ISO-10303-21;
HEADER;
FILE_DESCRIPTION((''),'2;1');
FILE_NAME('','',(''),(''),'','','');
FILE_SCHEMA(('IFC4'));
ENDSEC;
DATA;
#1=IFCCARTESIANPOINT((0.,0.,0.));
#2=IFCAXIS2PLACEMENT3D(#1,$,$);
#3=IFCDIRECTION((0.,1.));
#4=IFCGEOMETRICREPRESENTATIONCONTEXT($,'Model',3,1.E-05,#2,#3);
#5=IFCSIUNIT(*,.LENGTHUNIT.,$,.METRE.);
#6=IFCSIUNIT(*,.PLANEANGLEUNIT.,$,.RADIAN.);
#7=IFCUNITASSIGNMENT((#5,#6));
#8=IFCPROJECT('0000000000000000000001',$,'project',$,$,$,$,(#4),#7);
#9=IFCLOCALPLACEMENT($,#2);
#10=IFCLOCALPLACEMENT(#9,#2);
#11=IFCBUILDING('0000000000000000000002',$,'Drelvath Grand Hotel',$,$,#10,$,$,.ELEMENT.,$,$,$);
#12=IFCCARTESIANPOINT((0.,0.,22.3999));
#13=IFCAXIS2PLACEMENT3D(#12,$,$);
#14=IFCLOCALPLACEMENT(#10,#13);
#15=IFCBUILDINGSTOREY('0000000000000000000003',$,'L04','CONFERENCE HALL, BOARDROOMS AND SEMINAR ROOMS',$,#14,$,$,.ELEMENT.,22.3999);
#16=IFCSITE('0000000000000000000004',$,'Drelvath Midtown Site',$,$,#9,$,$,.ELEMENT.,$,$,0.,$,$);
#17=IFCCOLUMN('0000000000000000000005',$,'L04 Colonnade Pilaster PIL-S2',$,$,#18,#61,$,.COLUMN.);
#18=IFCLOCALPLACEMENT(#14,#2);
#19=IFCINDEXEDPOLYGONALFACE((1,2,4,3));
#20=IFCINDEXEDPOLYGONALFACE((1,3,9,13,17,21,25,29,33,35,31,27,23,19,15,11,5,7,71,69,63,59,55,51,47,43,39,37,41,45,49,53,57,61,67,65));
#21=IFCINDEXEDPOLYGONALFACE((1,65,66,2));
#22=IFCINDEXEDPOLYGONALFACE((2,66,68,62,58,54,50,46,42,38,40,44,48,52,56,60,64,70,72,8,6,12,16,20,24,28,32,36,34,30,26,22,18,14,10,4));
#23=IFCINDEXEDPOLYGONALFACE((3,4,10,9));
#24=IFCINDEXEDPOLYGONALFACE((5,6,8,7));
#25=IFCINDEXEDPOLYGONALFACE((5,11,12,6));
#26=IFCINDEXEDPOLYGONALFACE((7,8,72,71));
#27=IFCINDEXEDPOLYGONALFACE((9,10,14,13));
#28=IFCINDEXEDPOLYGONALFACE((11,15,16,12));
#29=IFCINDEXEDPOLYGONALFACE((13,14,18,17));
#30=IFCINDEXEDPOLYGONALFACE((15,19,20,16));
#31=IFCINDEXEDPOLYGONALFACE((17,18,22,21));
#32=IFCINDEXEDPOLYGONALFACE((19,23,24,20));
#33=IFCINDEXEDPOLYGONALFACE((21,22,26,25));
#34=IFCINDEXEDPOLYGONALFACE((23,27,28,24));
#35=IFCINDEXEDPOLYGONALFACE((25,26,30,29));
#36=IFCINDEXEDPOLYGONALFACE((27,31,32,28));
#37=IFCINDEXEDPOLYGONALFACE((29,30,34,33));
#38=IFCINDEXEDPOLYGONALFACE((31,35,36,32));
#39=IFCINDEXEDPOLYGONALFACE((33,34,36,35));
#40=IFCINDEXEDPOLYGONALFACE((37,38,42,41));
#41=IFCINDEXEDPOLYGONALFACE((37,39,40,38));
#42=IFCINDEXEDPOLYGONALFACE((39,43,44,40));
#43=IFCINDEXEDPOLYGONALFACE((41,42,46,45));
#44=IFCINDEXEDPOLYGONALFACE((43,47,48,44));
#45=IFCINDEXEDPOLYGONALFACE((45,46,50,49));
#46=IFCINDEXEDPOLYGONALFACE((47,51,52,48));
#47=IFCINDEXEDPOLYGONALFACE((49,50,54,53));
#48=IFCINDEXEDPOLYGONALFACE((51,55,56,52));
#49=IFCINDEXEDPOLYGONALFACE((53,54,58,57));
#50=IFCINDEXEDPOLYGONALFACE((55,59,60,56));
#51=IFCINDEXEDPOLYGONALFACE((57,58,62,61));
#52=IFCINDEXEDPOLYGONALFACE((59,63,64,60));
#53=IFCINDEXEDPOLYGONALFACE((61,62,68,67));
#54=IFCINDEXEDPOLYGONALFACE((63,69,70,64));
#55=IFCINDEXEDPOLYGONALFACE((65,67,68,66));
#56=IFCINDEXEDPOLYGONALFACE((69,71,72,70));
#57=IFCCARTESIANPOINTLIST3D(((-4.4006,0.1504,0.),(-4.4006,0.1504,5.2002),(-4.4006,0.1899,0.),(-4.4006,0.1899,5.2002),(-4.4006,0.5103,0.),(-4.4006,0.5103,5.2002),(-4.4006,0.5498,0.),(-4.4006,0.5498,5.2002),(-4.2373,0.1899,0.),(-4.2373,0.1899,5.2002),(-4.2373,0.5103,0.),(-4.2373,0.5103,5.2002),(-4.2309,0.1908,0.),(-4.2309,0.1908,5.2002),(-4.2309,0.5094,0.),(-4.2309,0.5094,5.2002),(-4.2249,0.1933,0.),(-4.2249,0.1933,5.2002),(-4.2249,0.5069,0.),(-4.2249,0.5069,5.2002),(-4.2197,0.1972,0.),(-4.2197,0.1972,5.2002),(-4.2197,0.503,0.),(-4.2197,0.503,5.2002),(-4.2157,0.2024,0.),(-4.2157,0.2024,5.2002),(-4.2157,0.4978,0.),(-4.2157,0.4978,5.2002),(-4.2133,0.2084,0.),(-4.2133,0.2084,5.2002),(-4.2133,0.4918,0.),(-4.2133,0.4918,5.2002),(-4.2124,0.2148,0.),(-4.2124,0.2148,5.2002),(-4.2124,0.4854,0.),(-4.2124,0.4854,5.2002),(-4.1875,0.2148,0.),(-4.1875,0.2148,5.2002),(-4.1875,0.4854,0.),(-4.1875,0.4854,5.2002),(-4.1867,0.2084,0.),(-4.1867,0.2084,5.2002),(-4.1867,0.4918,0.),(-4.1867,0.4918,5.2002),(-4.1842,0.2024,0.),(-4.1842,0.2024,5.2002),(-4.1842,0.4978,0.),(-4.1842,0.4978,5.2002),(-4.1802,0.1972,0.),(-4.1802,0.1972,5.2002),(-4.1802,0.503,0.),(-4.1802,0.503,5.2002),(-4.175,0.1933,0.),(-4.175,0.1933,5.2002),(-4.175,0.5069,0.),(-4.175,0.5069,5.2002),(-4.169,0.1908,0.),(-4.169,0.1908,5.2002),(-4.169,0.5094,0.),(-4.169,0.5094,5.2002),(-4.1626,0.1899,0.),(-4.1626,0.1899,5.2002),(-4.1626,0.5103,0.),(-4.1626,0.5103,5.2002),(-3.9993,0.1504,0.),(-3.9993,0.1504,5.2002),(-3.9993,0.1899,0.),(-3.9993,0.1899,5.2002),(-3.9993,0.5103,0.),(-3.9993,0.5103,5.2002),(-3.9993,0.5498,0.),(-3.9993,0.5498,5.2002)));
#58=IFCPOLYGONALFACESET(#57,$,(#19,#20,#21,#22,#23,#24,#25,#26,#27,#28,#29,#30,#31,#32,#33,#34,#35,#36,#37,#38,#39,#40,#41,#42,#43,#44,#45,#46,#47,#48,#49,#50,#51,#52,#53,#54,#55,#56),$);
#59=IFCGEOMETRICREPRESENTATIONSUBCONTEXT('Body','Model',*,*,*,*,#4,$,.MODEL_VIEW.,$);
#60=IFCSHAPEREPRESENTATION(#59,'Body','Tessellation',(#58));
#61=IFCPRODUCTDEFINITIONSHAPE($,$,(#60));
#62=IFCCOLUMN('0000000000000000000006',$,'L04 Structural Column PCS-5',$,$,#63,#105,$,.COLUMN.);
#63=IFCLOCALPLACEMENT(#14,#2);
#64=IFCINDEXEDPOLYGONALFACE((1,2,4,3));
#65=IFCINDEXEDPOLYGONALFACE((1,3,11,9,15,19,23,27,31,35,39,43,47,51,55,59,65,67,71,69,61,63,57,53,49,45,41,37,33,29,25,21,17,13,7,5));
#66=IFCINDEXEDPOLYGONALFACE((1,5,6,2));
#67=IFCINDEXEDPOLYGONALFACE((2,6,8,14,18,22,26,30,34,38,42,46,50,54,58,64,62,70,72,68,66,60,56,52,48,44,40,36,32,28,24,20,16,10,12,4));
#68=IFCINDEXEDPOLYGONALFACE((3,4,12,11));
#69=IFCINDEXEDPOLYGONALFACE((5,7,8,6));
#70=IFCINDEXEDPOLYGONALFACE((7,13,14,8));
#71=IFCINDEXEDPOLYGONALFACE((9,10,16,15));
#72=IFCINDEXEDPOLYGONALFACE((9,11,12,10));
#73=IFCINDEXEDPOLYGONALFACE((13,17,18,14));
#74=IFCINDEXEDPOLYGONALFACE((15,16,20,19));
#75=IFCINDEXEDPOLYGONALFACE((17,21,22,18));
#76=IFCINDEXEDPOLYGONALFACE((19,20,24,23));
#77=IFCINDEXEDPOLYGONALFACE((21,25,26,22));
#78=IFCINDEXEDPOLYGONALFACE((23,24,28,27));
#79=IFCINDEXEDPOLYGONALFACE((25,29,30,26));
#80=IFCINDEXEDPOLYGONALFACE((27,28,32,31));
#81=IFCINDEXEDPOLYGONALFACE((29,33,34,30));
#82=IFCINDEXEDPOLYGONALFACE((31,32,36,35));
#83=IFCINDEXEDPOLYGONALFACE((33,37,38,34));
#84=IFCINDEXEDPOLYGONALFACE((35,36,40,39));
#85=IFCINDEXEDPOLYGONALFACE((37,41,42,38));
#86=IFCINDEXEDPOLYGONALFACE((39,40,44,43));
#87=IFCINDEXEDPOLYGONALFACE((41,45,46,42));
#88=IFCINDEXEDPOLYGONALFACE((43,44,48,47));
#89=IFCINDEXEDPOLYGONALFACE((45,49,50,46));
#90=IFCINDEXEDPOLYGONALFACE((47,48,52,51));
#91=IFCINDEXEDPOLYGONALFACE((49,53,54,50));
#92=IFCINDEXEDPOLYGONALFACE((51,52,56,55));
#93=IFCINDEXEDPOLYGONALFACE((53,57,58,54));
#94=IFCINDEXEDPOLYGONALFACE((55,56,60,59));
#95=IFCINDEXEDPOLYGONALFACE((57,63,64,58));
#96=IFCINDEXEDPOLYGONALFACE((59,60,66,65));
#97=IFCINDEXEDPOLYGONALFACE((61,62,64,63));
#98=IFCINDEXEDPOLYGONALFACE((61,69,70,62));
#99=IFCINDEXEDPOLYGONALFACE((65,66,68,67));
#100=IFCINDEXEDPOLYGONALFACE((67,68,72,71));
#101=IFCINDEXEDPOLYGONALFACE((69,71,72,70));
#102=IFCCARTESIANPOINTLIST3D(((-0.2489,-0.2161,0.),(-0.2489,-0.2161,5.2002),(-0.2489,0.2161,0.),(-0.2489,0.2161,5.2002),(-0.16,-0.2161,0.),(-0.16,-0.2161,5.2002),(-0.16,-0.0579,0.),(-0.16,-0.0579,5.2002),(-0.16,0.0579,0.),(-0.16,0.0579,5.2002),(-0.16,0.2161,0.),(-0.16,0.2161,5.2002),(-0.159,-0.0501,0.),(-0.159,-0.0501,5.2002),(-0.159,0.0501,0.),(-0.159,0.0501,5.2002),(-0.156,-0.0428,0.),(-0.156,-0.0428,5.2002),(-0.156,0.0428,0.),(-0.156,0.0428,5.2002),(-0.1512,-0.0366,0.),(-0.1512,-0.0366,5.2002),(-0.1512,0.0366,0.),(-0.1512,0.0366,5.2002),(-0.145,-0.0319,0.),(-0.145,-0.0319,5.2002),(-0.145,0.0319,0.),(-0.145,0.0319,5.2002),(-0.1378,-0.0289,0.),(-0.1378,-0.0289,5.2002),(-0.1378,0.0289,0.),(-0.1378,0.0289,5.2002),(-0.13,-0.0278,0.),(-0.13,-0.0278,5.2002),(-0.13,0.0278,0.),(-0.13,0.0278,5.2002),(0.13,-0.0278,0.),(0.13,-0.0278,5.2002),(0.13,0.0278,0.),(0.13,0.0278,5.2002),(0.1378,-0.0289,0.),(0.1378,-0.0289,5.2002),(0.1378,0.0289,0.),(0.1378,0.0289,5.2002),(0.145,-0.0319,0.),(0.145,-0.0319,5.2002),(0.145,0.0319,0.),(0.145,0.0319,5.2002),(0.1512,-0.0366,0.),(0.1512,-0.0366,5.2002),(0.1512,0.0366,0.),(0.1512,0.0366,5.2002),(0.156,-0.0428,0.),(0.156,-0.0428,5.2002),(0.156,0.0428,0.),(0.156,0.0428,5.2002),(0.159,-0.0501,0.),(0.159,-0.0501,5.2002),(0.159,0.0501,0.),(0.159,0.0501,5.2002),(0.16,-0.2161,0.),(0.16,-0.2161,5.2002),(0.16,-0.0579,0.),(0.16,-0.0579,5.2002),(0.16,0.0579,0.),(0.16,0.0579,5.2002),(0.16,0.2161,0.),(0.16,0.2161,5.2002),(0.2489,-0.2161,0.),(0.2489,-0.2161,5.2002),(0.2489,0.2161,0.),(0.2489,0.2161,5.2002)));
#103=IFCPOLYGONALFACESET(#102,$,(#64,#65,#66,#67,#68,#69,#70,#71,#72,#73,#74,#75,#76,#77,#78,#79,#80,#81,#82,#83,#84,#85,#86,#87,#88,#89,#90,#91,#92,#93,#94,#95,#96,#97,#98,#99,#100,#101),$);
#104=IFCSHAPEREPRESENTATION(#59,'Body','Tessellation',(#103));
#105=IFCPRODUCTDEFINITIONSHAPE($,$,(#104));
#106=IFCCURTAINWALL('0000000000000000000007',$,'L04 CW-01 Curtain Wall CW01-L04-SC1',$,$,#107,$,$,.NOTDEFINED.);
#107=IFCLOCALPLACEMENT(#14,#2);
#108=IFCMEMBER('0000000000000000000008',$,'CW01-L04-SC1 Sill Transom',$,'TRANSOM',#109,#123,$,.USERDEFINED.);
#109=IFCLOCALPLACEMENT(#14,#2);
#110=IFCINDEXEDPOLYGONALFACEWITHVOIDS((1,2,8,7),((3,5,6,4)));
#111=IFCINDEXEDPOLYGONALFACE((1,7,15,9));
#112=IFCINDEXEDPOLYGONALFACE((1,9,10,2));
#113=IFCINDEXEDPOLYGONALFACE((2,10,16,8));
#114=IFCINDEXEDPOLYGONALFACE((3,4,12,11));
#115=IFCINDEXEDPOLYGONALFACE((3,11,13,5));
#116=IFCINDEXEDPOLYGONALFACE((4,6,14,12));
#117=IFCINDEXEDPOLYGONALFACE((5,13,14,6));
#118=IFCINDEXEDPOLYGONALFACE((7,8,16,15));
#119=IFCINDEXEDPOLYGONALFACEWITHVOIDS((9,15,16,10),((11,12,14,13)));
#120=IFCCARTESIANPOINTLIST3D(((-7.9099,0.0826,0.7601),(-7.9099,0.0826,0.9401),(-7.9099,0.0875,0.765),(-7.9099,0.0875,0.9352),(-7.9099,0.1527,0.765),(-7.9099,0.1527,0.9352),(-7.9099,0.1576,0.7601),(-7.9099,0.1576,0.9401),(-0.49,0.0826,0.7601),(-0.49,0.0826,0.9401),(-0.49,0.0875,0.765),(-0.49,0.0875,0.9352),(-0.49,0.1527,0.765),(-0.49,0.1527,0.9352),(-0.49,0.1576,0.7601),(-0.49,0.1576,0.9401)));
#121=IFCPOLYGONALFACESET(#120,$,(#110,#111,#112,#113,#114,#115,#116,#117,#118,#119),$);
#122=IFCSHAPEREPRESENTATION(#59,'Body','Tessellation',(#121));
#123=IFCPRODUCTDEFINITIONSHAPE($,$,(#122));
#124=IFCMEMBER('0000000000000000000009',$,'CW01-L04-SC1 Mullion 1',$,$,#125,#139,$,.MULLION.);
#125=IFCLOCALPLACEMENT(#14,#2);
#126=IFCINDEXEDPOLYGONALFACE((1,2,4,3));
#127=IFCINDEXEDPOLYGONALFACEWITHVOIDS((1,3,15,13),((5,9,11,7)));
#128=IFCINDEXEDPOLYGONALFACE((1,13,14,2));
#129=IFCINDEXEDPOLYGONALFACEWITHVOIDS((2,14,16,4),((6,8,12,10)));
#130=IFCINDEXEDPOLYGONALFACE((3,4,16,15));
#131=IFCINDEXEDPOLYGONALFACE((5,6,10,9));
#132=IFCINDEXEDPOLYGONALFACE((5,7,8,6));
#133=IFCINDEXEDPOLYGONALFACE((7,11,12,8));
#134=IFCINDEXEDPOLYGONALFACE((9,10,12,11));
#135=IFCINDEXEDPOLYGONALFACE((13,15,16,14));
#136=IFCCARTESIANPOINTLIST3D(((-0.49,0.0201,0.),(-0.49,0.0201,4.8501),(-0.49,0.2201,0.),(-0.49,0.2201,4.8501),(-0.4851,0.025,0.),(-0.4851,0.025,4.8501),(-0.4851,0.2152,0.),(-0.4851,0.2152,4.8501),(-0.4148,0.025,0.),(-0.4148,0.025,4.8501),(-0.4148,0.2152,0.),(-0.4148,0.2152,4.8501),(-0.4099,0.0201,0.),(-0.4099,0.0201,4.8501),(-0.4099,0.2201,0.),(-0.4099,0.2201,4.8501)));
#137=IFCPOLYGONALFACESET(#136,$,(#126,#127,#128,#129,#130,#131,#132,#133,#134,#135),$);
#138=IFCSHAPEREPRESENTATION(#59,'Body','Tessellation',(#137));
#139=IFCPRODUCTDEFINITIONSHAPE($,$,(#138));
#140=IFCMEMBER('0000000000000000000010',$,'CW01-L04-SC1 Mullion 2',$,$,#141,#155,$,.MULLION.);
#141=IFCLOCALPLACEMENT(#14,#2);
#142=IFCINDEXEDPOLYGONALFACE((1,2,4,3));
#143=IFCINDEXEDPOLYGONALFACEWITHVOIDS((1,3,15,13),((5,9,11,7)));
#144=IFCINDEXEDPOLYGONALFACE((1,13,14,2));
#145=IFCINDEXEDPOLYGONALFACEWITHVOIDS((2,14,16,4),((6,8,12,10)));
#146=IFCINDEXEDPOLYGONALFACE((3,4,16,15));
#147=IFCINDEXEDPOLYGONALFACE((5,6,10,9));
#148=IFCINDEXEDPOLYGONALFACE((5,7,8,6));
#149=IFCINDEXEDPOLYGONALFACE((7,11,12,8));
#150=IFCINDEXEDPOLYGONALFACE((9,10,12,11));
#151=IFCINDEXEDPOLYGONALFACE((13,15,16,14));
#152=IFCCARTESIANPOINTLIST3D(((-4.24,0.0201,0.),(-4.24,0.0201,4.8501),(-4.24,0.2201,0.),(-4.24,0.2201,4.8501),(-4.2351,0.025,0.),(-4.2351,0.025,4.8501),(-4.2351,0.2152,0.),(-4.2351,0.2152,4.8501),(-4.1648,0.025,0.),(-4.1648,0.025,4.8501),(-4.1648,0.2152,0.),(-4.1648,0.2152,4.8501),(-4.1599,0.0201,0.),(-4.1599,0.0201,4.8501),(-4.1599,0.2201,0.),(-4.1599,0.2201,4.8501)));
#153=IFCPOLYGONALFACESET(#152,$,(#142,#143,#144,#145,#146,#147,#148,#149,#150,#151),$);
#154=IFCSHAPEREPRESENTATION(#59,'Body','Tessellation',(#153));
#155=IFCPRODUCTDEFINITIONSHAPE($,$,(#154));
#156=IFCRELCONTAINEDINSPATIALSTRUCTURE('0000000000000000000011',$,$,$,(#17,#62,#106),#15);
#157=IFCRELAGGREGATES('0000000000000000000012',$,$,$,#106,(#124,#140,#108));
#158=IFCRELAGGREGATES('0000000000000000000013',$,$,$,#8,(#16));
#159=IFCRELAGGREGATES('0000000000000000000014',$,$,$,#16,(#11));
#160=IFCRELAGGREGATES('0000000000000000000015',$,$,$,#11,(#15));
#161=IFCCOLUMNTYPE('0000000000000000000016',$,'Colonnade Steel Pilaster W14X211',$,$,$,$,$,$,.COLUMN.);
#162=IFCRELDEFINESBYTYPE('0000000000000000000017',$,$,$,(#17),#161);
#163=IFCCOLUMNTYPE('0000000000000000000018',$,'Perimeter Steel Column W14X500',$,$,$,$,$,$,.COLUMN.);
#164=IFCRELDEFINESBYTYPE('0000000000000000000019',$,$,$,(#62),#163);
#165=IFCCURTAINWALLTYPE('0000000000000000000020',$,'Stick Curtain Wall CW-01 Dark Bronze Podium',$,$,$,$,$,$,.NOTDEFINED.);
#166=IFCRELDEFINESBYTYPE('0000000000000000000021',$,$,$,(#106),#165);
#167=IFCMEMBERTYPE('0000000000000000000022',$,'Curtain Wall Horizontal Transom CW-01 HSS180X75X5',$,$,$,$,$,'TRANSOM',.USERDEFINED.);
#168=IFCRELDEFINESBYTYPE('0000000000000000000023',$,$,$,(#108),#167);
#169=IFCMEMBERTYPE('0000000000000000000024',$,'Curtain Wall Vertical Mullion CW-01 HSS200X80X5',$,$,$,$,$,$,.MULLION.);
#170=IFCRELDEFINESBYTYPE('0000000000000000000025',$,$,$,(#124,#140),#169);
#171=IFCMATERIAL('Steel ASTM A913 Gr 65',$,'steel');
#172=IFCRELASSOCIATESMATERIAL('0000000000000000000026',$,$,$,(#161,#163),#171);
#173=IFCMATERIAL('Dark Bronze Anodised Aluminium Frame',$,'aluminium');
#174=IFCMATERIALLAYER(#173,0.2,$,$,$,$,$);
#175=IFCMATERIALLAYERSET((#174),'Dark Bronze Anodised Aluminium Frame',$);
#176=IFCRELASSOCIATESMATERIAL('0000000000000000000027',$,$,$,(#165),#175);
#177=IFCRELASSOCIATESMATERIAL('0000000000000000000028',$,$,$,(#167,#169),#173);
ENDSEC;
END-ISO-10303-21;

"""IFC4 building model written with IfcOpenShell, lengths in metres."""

from ifc_helpers import new_model, si_unit, direction, frame, origin, origin_2d, place, context, subcontext, project, spatial, hollow_rectangle, i_section, extrude, material, layer, layer_set, material_profile, profile_set, type_object, element, aggregate, save


model = new_model("IFC4")

# Units and contexts
model_context = context("Model", 3, precision=1e-05, world=origin(), true_north=direction((0.0, 1.0)))
body_context = subcontext(model_context, "Body", "Model", "MODEL_VIEW")
ifc_project = project(units=[si_unit("LENGTHUNIT", "METRE"), si_unit("PLANEANGLEUNIT", "RADIAN")], contexts=[model_context])

# Site, building, storey
site_placement = place(None, origin())
site = spatial("IfcSite", under=ifc_project, at=site_placement, Name="Drelvath Midtown Site", CompositionType="ELEMENT", RefElevation=0.0)
building_placement = place(site_placement, origin())
building = spatial("IfcBuilding", under=site, at=building_placement, Name="Drelvath Grand Hotel", CompositionType="ELEMENT")
storey_placement = place(building_placement, frame((0.0, 0.0, 22.3999)))
storey = spatial("IfcBuildingStorey", under=building, at=storey_placement, Name="L04", Description="CONFERENCE HALL, BOARDROOMS AND SEMINAR ROOMS", CompositionType="ELEMENT", Elevation=22.3999)

# Columns
ifc_material_1 = material(Name="Steel ASTM A913 Gr 65", Category="steel")
ifc_material_profile_1 = material_profile(ifc_material_1, i_section(OverallWidth=0.4014, OverallDepth=0.3994, WebThickness=0.0249, FlangeThickness=0.0396, FilletRadius=0.0249, at=origin_2d()), Name="W14X211")
ifc_profile_set_1 = profile_set([ifc_material_profile_1], Name="Steel ASTM A913 Gr 65")
column_type_1 = type_object("IfcColumnType", Name="Colonnade Steel Pilaster W14X211", PredefinedType="COLUMN", material=ifc_profile_set_1)
column_1_placement = place(storey_placement, frame((-4.2, 0.3501, 0.0), z_axis=(0.0, 0.0, 1.0), x_axis=(1.0, 0.0, 0.0)))
element("IfcColumn", 1, at=column_1_placement, inside=storey, type_object=column_type_1, Name="L04 Colonnade Pilaster PIL-S2", PredefinedType="COLUMN", context=body_context, shape_type="SweptSolid", body=[
    extrude(i_section(OverallWidth=0.4014, OverallDepth=0.3994, WebThickness=0.0249, FlangeThickness=0.0396, FilletRadius=0.0249, at=origin_2d()), origin(), (0.0, 0.0, 1.0), 5.2002),
])
ifc_material_profile_2 = material_profile(ifc_material_1, i_section(OverallWidth=0.4321, OverallDepth=0.4978, WebThickness=0.0557, FlangeThickness=0.0889, FilletRadius=0.03, at=origin_2d()), Name="W14X500")
ifc_profile_set_2 = profile_set([ifc_material_profile_2], Name="Steel ASTM A913 Gr 65")
column_type_2 = type_object("IfcColumnType", Name="Perimeter Steel Column W14X500", PredefinedType="COLUMN", material=ifc_profile_set_2)
column_2_placement = place(storey_placement, frame((0.0, 0.0, 0.0), z_axis=(0.0, 0.0, 1.0), x_axis=(0.0, 1.0, 0.0)))
element("IfcColumn", 2, at=column_2_placement, inside=storey, type_object=column_type_2, Name="L04 Structural Column PCS-5", PredefinedType="COLUMN", context=body_context, shape_type="SweptSolid", body=[
    extrude(i_section(OverallWidth=0.4321, OverallDepth=0.4978, WebThickness=0.0557, FlangeThickness=0.0889, FilletRadius=0.03, at=origin_2d()), origin(), (0.0, 0.0, 1.0), 5.2002),
])

# Curtain wall, members
ifc_material_2 = material(Name="Dark Bronze Anodised Aluminium Frame", Category="aluminium")
ifc_layer_1 = layer(ifc_material_2, 0.2)
ifc_layer_set_1 = layer_set([ifc_layer_1], Name="Dark Bronze Anodised Aluminium Frame")
curtain_wall_type = type_object("IfcCurtainWallType", Name="Stick Curtain Wall CW-01 Dark Bronze Podium", PredefinedType="NOTDEFINED", material=ifc_layer_set_1)
curtain_wall_placement = place(storey_placement, origin())
curtain_wall = element("IfcCurtainWall", 3, at=curtain_wall_placement, inside=storey, type_object=curtain_wall_type, Name="L04 CW-01 Curtain Wall CW01-L04-SC1", PredefinedType="NOTDEFINED")
ifc_material_profile_3 = material_profile(ifc_material_2, hollow_rectangle(XDim=0.075, YDim=0.1799, WallThickness=0.0049, at=origin_2d()), Name="HSS180X75X5")
ifc_profile_set_3 = profile_set([ifc_material_profile_3], Name="Dark Bronze Anodised Aluminium Frame")
member_type_1 = type_object("IfcMemberType", Name="Curtain Wall Horizontal Transom CW-01 HSS180X75X5", ElementType="TRANSOM", PredefinedType="USERDEFINED", material=ifc_profile_set_3)
member_1_placement = place(storey_placement, frame((-0.49, 0.1201, 0.8501), z_axis=(-1.0, 0.0, 0.0), x_axis=(0.0, -1.0, 0.0)))
member_1 = element("IfcMember", 4, at=member_1_placement, type_object=member_type_1, Name="CW01-L04-SC1 Sill Transom", ObjectType="TRANSOM", PredefinedType="USERDEFINED", context=body_context, shape_type="SweptSolid", body=[
    extrude(hollow_rectangle(XDim=0.075, YDim=0.1799, WallThickness=0.0049, at=origin_2d()), origin(), (0.0, 0.0, 1.0), 7.4199),
])
ifc_material_profile_4 = material_profile(ifc_material_2, hollow_rectangle(XDim=0.0801, YDim=0.2, WallThickness=0.0049, at=origin_2d()), Name="HSS200X80X5")
ifc_profile_set_4 = profile_set([ifc_material_profile_4], Name="Dark Bronze Anodised Aluminium Frame")
member_type_2 = type_object("IfcMemberType", Name="Curtain Wall Vertical Mullion CW-01 HSS200X80X5", PredefinedType="MULLION", material=ifc_profile_set_4)
member_2_placement = place(storey_placement, frame((-0.45, 0.1201, 0.0), z_axis=(0.0, 0.0, 1.0), x_axis=(1.0, 0.0, 0.0)))
member_2 = element("IfcMember", 5, at=member_2_placement, type_object=member_type_2, Name="CW01-L04-SC1 Mullion 1", PredefinedType="MULLION", context=body_context, shape_type="SweptSolid", body=[
    extrude(hollow_rectangle(XDim=0.0801, YDim=0.2, WallThickness=0.0049, at=origin_2d()), origin(), (0.0, 0.0, 1.0), 4.8501),
])
member_3_placement = place(storey_placement, frame((-4.2, 0.1201, 0.0), z_axis=(0.0, 0.0, 1.0), x_axis=(1.0, 0.0, 0.0)))
member_3 = element("IfcMember", 6, at=member_3_placement, type_object=member_type_2, Name="CW01-L04-SC1 Mullion 2", PredefinedType="MULLION", context=body_context, shape_type="SweptSolid", body=[
    extrude(hollow_rectangle(XDim=0.0801, YDim=0.2, WallThickness=0.0049, at=origin_2d()), origin(), (0.0, 0.0, 1.0), 4.8501),
])

aggregate(curtain_wall, [member_2, member_3, member_1])

save(model, "model.ifc")
